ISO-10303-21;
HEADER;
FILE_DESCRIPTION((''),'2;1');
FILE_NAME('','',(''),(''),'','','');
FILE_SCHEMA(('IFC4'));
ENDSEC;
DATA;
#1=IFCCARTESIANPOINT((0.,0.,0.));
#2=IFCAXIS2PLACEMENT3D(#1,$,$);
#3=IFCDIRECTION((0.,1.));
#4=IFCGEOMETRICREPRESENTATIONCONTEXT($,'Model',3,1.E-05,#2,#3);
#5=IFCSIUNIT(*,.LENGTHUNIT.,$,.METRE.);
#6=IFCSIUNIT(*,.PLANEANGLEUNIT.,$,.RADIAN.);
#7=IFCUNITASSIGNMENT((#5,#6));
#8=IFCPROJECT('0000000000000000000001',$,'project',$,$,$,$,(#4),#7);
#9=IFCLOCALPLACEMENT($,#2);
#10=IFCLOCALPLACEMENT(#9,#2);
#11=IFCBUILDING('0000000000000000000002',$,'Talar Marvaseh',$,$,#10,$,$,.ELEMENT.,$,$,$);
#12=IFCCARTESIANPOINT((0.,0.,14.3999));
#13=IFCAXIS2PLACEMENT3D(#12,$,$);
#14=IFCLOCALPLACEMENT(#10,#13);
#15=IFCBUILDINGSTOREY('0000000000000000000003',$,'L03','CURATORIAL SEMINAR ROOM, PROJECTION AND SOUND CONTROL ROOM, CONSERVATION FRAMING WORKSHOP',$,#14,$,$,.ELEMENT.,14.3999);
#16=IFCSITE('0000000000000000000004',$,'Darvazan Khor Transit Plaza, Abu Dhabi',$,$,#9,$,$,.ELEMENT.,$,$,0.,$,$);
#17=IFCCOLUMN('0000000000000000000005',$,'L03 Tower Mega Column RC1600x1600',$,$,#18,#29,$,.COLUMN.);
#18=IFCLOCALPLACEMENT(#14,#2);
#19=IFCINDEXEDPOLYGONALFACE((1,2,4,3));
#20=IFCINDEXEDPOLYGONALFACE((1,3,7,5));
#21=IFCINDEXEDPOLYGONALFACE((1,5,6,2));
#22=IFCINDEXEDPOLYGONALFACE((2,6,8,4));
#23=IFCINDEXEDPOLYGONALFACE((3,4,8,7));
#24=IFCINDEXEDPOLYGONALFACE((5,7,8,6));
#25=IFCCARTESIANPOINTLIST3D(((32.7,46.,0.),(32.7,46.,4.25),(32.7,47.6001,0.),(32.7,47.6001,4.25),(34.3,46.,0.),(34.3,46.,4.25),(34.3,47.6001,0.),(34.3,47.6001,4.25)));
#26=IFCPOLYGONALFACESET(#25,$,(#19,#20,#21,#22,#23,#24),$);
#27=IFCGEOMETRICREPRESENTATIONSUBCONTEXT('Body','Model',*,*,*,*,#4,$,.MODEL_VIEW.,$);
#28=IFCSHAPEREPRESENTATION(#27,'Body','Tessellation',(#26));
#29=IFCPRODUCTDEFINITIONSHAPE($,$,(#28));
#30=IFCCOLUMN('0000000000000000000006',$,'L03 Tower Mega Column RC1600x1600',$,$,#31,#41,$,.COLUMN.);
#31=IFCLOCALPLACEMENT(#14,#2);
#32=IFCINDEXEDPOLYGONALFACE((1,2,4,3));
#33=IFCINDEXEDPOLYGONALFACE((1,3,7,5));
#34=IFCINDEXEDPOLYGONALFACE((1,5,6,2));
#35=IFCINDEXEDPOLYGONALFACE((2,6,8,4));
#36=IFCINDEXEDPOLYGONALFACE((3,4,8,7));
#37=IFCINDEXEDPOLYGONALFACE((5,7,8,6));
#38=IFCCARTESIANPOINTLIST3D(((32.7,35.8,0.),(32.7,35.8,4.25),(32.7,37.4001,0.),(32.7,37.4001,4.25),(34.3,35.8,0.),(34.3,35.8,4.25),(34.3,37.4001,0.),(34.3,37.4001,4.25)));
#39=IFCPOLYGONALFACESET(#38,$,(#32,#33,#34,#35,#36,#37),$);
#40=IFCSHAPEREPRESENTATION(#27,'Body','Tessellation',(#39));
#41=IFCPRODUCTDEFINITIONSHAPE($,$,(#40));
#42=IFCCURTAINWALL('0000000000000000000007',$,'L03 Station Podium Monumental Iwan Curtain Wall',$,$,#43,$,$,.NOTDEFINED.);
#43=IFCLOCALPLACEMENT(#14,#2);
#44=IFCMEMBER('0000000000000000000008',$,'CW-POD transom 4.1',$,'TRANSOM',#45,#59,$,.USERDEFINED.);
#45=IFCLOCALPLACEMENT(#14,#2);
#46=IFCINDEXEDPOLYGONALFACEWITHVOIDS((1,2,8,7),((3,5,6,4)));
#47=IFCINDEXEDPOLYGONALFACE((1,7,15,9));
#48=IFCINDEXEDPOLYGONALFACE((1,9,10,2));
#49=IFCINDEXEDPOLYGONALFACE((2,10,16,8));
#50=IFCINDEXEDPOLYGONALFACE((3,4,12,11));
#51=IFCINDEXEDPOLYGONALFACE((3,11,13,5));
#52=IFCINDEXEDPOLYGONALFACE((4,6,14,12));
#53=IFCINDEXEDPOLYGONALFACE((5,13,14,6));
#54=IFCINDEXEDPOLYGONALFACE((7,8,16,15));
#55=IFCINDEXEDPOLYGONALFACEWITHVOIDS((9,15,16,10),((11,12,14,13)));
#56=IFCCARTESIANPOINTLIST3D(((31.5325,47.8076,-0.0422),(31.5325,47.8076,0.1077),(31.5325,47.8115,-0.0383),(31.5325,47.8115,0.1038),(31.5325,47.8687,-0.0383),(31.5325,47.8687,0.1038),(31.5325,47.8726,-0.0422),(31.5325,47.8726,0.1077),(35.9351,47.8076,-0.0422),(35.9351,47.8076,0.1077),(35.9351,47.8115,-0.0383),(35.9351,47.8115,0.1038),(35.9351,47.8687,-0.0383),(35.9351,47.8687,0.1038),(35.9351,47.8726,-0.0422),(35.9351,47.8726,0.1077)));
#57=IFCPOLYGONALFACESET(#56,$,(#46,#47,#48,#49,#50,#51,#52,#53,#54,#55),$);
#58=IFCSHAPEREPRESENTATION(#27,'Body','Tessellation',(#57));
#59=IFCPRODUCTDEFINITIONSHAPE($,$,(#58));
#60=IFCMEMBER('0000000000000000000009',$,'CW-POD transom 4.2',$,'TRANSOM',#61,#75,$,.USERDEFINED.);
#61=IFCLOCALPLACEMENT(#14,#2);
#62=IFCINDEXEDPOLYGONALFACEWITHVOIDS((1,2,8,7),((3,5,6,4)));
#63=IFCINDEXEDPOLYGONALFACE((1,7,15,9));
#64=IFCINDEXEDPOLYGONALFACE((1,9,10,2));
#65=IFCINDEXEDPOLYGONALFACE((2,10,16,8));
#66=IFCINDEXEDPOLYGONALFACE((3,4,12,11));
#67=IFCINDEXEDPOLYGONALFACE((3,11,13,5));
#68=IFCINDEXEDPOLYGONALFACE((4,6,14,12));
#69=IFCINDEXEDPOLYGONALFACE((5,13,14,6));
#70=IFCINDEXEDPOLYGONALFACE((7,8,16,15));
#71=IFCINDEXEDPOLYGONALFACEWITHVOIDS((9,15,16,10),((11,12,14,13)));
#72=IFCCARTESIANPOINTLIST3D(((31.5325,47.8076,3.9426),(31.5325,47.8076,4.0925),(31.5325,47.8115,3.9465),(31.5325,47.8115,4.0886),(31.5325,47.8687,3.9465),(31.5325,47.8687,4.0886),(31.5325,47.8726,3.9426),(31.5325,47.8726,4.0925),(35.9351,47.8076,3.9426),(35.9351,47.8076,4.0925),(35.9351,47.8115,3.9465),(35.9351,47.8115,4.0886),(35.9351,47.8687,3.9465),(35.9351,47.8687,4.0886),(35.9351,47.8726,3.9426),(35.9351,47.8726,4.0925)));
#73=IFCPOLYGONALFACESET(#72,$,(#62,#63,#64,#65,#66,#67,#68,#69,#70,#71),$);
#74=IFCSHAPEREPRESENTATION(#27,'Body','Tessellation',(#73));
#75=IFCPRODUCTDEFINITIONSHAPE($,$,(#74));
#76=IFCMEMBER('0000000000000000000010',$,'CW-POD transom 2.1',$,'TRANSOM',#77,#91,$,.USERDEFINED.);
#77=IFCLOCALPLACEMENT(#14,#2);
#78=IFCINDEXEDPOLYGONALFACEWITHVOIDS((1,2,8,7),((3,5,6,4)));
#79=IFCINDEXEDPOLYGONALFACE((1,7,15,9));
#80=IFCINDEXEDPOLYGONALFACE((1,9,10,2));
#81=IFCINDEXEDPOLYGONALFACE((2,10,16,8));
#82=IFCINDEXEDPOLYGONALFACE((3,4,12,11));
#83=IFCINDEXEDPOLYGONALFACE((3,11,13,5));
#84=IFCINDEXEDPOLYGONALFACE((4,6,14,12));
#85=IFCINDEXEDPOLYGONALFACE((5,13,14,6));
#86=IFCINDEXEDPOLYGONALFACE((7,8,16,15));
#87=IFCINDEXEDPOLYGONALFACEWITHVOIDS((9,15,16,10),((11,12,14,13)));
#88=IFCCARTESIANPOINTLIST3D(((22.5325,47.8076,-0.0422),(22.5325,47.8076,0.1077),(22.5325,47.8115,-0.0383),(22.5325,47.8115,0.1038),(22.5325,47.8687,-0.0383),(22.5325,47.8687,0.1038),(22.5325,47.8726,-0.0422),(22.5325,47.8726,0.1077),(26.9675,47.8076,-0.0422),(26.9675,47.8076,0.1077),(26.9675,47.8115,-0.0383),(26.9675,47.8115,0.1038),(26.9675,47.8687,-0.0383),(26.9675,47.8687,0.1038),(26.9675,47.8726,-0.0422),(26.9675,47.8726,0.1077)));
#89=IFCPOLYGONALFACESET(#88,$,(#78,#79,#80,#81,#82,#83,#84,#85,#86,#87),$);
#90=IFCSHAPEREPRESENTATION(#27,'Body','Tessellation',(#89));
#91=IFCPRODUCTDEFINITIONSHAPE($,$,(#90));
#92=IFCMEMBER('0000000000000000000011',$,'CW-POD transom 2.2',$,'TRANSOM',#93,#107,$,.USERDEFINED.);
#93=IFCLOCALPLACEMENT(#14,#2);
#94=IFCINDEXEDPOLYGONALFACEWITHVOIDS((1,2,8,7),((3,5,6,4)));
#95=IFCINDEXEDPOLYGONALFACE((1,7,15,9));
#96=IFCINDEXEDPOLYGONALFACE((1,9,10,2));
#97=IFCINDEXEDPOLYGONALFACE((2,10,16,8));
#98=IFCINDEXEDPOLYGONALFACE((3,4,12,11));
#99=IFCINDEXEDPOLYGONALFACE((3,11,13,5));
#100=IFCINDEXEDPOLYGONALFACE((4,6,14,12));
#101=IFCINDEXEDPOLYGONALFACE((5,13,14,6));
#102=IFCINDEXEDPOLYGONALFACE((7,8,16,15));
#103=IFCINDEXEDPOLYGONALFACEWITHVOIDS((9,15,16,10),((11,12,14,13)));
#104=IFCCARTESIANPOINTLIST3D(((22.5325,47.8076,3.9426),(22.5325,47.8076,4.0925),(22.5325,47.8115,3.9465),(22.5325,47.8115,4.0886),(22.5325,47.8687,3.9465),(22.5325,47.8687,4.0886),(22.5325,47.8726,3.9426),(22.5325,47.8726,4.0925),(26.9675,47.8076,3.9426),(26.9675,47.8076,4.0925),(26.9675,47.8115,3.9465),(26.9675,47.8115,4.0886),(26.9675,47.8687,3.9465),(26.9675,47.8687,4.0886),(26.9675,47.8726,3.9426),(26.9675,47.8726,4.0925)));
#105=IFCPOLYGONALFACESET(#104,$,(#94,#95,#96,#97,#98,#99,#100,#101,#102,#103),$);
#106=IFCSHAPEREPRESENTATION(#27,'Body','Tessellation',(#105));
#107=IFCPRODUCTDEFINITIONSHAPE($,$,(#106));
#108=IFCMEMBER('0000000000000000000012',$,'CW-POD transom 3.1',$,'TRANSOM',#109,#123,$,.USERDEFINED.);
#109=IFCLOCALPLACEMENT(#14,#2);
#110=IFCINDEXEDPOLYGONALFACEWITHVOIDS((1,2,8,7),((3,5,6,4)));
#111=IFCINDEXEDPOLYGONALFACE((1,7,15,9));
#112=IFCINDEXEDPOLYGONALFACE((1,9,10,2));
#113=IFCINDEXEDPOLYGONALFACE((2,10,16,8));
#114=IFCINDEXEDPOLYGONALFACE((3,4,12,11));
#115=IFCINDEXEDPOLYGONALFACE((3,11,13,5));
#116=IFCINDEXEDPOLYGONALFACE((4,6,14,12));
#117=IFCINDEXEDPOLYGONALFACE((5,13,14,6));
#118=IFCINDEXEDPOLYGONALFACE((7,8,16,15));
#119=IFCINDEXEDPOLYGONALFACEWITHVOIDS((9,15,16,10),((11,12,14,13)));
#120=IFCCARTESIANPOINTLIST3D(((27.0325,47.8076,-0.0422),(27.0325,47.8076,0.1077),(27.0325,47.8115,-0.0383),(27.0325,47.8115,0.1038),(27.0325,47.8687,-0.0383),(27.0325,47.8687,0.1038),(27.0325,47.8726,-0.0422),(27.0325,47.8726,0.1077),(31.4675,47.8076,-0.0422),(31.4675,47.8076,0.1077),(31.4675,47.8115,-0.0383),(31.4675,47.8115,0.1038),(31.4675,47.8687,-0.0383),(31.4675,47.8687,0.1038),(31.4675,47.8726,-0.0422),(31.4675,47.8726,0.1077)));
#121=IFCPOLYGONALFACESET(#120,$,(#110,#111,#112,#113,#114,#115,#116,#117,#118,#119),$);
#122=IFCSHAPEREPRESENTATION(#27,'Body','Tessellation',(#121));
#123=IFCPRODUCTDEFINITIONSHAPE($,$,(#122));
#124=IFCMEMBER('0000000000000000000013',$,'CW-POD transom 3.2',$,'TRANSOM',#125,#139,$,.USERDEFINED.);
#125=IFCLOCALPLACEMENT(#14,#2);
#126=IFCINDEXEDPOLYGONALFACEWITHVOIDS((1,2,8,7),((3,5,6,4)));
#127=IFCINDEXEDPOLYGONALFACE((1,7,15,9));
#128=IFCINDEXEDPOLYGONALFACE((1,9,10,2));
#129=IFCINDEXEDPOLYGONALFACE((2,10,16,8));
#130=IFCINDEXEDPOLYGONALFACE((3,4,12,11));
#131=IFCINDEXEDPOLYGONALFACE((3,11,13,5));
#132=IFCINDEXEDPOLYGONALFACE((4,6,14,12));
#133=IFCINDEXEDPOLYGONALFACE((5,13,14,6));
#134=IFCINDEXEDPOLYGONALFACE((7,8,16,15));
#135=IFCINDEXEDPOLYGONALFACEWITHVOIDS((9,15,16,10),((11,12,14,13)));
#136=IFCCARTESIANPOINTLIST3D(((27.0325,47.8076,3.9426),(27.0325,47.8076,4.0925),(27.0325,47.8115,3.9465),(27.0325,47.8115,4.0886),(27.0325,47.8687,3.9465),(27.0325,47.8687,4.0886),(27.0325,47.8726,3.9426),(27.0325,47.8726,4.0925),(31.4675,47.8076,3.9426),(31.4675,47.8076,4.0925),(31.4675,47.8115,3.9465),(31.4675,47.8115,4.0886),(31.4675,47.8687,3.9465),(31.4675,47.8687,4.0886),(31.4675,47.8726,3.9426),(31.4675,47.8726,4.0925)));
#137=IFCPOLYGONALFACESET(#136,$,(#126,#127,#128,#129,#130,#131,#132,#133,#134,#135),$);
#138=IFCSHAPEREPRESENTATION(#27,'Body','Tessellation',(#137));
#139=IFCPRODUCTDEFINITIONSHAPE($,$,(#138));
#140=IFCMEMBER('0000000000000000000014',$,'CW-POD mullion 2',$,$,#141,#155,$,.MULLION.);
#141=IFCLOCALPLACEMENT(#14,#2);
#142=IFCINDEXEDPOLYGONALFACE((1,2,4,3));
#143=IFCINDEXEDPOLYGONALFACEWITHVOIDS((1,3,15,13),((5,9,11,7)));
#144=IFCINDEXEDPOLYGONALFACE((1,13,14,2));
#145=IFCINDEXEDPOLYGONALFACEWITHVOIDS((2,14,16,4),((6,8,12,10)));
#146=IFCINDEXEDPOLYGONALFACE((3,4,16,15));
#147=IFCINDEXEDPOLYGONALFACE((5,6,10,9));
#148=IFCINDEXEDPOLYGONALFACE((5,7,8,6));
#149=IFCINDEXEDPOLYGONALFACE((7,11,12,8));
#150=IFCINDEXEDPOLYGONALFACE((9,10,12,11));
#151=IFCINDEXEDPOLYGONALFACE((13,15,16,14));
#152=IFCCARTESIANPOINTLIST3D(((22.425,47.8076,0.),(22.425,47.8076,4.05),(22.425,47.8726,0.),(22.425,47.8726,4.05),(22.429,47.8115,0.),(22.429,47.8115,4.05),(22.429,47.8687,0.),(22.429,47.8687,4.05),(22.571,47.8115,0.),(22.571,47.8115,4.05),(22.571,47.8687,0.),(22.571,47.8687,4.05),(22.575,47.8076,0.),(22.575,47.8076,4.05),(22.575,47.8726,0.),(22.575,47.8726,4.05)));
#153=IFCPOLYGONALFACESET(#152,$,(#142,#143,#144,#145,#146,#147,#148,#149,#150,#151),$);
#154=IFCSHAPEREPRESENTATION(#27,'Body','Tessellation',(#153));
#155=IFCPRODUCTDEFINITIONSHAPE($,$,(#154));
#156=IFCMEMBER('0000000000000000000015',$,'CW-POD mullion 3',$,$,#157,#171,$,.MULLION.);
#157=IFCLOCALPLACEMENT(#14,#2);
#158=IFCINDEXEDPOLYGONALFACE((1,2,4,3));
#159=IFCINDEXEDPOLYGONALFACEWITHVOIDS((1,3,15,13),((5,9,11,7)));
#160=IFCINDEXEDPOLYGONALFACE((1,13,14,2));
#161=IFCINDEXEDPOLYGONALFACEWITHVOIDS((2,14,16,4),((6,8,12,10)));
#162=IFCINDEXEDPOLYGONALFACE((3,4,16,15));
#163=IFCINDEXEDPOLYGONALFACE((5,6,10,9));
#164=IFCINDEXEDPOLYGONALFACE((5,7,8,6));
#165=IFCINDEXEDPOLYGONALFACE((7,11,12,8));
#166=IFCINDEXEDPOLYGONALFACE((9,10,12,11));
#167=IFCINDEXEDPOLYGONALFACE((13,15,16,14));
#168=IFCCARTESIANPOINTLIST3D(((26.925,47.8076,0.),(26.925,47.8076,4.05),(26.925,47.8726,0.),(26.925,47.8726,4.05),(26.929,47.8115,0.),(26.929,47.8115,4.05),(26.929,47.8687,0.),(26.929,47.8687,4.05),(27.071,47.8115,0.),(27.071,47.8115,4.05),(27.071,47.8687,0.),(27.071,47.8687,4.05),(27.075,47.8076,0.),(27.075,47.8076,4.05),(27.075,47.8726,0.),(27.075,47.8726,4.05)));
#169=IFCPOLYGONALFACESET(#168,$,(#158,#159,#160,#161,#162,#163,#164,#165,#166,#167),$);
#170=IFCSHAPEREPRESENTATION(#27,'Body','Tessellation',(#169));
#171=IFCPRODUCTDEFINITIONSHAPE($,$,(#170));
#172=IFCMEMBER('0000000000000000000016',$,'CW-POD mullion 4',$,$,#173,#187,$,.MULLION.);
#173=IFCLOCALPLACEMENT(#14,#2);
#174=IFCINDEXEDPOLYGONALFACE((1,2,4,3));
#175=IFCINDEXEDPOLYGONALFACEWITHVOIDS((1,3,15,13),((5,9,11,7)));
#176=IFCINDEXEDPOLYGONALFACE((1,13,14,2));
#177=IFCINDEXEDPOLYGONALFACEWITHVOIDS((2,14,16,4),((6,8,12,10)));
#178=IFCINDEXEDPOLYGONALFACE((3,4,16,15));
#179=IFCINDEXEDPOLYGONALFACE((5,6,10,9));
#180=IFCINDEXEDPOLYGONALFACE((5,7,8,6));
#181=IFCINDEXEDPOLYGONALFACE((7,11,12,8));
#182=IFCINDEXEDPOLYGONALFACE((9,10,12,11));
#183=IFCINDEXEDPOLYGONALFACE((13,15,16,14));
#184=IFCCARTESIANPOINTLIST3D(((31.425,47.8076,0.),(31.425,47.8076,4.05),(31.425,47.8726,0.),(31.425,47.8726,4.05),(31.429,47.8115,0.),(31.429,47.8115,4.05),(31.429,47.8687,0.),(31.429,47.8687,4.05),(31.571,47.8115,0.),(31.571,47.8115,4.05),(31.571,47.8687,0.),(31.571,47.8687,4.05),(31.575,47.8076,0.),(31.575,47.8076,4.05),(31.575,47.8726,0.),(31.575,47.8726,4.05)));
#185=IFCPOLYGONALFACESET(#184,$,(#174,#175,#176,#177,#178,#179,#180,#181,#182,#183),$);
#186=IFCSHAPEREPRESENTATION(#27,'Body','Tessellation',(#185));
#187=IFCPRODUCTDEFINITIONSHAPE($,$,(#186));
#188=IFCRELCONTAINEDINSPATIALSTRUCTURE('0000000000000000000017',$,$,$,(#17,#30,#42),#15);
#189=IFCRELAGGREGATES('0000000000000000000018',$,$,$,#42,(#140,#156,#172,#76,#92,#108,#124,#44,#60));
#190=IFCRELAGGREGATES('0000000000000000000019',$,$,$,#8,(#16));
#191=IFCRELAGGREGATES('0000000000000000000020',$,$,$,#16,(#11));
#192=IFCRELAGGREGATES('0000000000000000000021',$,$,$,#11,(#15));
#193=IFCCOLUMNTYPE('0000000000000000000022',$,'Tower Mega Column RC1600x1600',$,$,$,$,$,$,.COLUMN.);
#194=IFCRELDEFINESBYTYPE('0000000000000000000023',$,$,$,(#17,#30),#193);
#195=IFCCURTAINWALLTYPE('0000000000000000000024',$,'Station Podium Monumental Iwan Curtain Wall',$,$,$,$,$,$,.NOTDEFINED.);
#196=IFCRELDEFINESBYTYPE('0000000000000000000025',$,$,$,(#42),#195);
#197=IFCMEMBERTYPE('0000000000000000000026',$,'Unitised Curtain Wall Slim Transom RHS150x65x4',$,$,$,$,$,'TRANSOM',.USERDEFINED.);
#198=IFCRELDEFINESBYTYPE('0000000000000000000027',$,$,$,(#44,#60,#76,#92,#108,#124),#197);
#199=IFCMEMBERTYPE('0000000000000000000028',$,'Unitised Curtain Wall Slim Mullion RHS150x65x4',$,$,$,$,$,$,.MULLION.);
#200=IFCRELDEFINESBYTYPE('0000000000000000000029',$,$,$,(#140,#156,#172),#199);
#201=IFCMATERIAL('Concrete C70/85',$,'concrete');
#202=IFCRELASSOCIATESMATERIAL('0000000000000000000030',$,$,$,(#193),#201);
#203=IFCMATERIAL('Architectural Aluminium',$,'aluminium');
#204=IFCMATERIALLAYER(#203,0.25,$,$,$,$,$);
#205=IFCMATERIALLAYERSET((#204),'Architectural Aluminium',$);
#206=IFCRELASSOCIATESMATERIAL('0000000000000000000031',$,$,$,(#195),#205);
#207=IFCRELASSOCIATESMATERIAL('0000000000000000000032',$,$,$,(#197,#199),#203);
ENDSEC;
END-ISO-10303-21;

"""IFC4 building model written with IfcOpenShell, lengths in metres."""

from ifc_helpers import new_model, si_unit, direction, frame, origin, origin_2d, place, context, subcontext, project, spatial, rectangle, hollow_rectangle, extrude, source, transform, mapped, material, layer, layer_set, material_profile, profile_set, type_object, type_shapes, element, aggregate, save


model = new_model("IFC4")

# Units and contexts
model_context = context("Model", 3, precision=1e-05, world=origin(), true_north=direction((0.0, 1.0)))
body_context = subcontext(model_context, "Body", "Model", "MODEL_VIEW")
ifc_project = project(units=[si_unit("LENGTHUNIT", "METRE"), si_unit("PLANEANGLEUNIT", "RADIAN")], contexts=[model_context])

# Site, building, storey
site_placement = place(None, origin())
site = spatial("IfcSite", under=ifc_project, at=site_placement, Name="Darvazan Khor Transit Plaza, Abu Dhabi", CompositionType="ELEMENT", RefElevation=0.0)
building_placement = place(site_placement, origin())
building = spatial("IfcBuilding", under=site, at=building_placement, Name="Talar Marvaseh", CompositionType="ELEMENT")
storey_placement = place(building_placement, frame((0.0, 0.0, 14.3999)))
storey = spatial("IfcBuildingStorey", under=building, at=storey_placement, Name="L03", Description="CURATORIAL SEMINAR ROOM, PROJECTION AND SOUND CONTROL ROOM, CONSERVATION FRAMING WORKSHOP", CompositionType="ELEMENT", Elevation=14.3999)

# Columns
ifc_material_1 = material(Name="Concrete C70/85", Category="concrete")
ifc_material_profile_1 = material_profile(ifc_material_1, rectangle(XDim=1.6001, YDim=1.6001, at=origin_2d()), Name="RC1600x1600")
ifc_profile_set_1 = profile_set([ifc_material_profile_1], Name="Concrete C70/85")
column_type = type_object("IfcColumnType", Name="Tower Mega Column RC1600x1600", PredefinedType="COLUMN", material=ifc_profile_set_1)
for number, where, z_axis, x_axis, name in (
    (1, (33.5, 46.8, 0.0), (0.0, 0.0, 1.0), (1.0, 0.0, 0.0), "L03 Tower Mega Column RC1600x1600"),
    (2, (33.5, 36.6001, 0.0), (0.0, 0.0, 1.0), (1.0, 0.0, 0.0), "L03 Tower Mega Column RC1600x1600"),
):
    element("IfcColumn", number, at=place(storey_placement, frame(where, z_axis=z_axis, x_axis=x_axis)), inside=storey, type_object=column_type, Name=name, PredefinedType="COLUMN", context=body_context, shape_type="SweptSolid", body=[
        extrude(rectangle(XDim=1.6001, YDim=1.6001, at=origin_2d()), origin(), (0.0, 0.0, 1.0), 4.25),
    ])

# Curtain wall, members
ifc_material_2 = material(Name="Architectural Aluminium", Category="aluminium")
ifc_layer_1 = layer(ifc_material_2, 0.25)
ifc_layer_set_1 = layer_set([ifc_layer_1], Name="Architectural Aluminium")
curtain_wall_type = type_object("IfcCurtainWallType", Name="Station Podium Monumental Iwan Curtain Wall", PredefinedType="NOTDEFINED", material=ifc_layer_set_1)
curtain_wall_placement = place(storey_placement, origin())
curtain_wall = element("IfcCurtainWall", 3, at=curtain_wall_placement, inside=storey, type_object=curtain_wall_type, Name="L03 Station Podium Monumental Iwan Curtain Wall", PredefinedType="NOTDEFINED")
ifc_material_profile_2 = material_profile(ifc_material_2, hollow_rectangle(XDim=0.0649, YDim=0.1499, WallThickness=0.0039, at=origin_2d()), Name="RHS150x65x4")
ifc_profile_set_2 = profile_set([ifc_material_profile_2], Name="Architectural Aluminium")
member_type_1 = type_object("IfcMemberType", Name="Unitised Curtain Wall Slim Transom RHS150x65x4", ElementType="TRANSOM", PredefinedType="USERDEFINED", material=ifc_profile_set_2)
shared_shape_1 = source(origin(), body_context, "Body", "SweptSolid", [
    extrude(hollow_rectangle(XDim=0.0649, YDim=0.1499, WallThickness=0.0039, at=origin_2d()), origin(), (0.0, 0.0, 1.0), 4.4026),
])
member_1_placement = place(storey_placement, frame((31.5325, 47.8401, 0.0327), z_axis=(1.0, 0.0, 0.0), x_axis=(0.0, 1.0, 0.0)))
member_1 = element("IfcMember", 4, at=member_1_placement, type_object=member_type_1, Name="CW-POD transom 4.1", ObjectType="TRANSOM", PredefinedType="USERDEFINED", context=body_context, shape_type="MappedRepresentation", body=[
    mapped(shared_shape_1, transform((0.0, 0.0, 0.0), x_axis=(1.0, 0.0, 0.0), y_axis=(0.0, 1.0, 0.0), z_axis=(0.0, 0.0, 1.0), scale=1.0)),
])
member_2_placement = place(storey_placement, frame((31.5325, 47.8401, 4.0176), z_axis=(1.0, 0.0, 0.0), x_axis=(0.0, 1.0, 0.0)))
member_2 = element("IfcMember", 5, at=member_2_placement, type_object=member_type_1, Name="CW-POD transom 4.2", ObjectType="TRANSOM", PredefinedType="USERDEFINED", context=body_context, shape_type="MappedRepresentation", body=[
    mapped(shared_shape_1, transform((0.0, 0.0, 0.0), x_axis=(1.0, 0.0, 0.0), y_axis=(0.0, 1.0, 0.0), z_axis=(0.0, 0.0, 1.0), scale=1.0)),
])
shared_shape_2 = source(origin(), body_context, "Body", "SweptSolid", [
    extrude(hollow_rectangle(XDim=0.0649, YDim=0.1499, WallThickness=0.0039, at=origin_2d()), origin(), (0.0, 0.0, 1.0), 4.4351),
])
type_shapes(member_type_1, [shared_shape_1, shared_shape_2])
member_3_placement = place(storey_placement, frame((22.5325, 47.8401, 0.0327), z_axis=(1.0, 0.0, 0.0), x_axis=(0.0, 1.0, 0.0)))
member_3 = element("IfcMember", 6, at=member_3_placement, type_object=member_type_1, Name="CW-POD transom 2.1", ObjectType="TRANSOM", PredefinedType="USERDEFINED", context=body_context, shape_type="MappedRepresentation", body=[
    mapped(shared_shape_2, transform((0.0, 0.0, 0.0), x_axis=(1.0, 0.0, 0.0), y_axis=(0.0, 1.0, 0.0), z_axis=(0.0, 0.0, 1.0), scale=1.0)),
])
member_4_placement = place(storey_placement, frame((22.5325, 47.8401, 4.0176), z_axis=(1.0, 0.0, 0.0), x_axis=(0.0, 1.0, 0.0)))
member_4 = element("IfcMember", 7, at=member_4_placement, type_object=member_type_1, Name="CW-POD transom 2.2", ObjectType="TRANSOM", PredefinedType="USERDEFINED", context=body_context, shape_type="MappedRepresentation", body=[
    mapped(shared_shape_2, transform((0.0, 0.0, 0.0), x_axis=(1.0, 0.0, 0.0), y_axis=(0.0, 1.0, 0.0), z_axis=(0.0, 0.0, 1.0), scale=1.0)),
])
member_5_placement = place(storey_placement, frame((27.0325, 47.8401, 0.0327), z_axis=(1.0, 0.0, 0.0), x_axis=(0.0, 1.0, 0.0)))
member_5 = element("IfcMember", 8, at=member_5_placement, type_object=member_type_1, Name="CW-POD transom 3.1", ObjectType="TRANSOM", PredefinedType="USERDEFINED", context=body_context, shape_type="MappedRepresentation", body=[
    mapped(shared_shape_2, transform((0.0, 0.0, 0.0), x_axis=(1.0, 0.0, 0.0), y_axis=(0.0, 1.0, 0.0), z_axis=(0.0, 0.0, 1.0), scale=1.0)),
])
member_6_placement = place(storey_placement, frame((27.0325, 47.8401, 4.0176), z_axis=(1.0, 0.0, 0.0), x_axis=(0.0, 1.0, 0.0)))
member_6 = element("IfcMember", 9, at=member_6_placement, type_object=member_type_1, Name="CW-POD transom 3.2", ObjectType="TRANSOM", PredefinedType="USERDEFINED", context=body_context, shape_type="MappedRepresentation", body=[
    mapped(shared_shape_2, transform((0.0, 0.0, 0.0), x_axis=(1.0, 0.0, 0.0), y_axis=(0.0, 1.0, 0.0), z_axis=(0.0, 0.0, 1.0), scale=1.0)),
])
ifc_material_profile_3 = material_profile(ifc_material_2, hollow_rectangle(XDim=0.0649, YDim=0.1499, WallThickness=0.0039, at=origin_2d()), Name="RHS150x65x4")
ifc_profile_set_3 = profile_set([ifc_material_profile_3], Name="Architectural Aluminium")
member_type_2 = type_object("IfcMemberType", Name="Unitised Curtain Wall Slim Mullion RHS150x65x4", PredefinedType="MULLION", material=ifc_profile_set_3)
shared_shape_3 = source(origin(), body_context, "Body", "SweptSolid", [
    extrude(hollow_rectangle(XDim=0.0649, YDim=0.1499, WallThickness=0.0039, at=origin_2d()), origin(), (0.0, 0.0, 1.0), 4.05),
])
type_shapes(member_type_2, [shared_shape_3])
member_7_placement = place(storey_placement, frame((22.5, 47.8401, 0.0), z_axis=(0.0, 0.0, 1.0), x_axis=(0.0, 1.0, 0.0)))
member_7 = element("IfcMember", 10, at=member_7_placement, type_object=member_type_2, Name="CW-POD mullion 2", PredefinedType="MULLION", context=body_context, shape_type="MappedRepresentation", body=[
    mapped(shared_shape_3, transform((0.0, 0.0, 0.0), x_axis=(1.0, 0.0, 0.0), y_axis=(0.0, 1.0, 0.0), z_axis=(0.0, 0.0, 1.0), scale=1.0)),
])
member_8_placement = place(storey_placement, frame((27.0, 47.8401, 0.0), z_axis=(0.0, 0.0, 1.0), x_axis=(0.0, 1.0, 0.0)))
member_8 = element("IfcMember", 11, at=member_8_placement, type_object=member_type_2, Name="CW-POD mullion 3", PredefinedType="MULLION", context=body_context, shape_type="MappedRepresentation", body=[
    mapped(shared_shape_3, transform((0.0, 0.0, 0.0), x_axis=(1.0, 0.0, 0.0), y_axis=(0.0, 1.0, 0.0), z_axis=(0.0, 0.0, 1.0), scale=1.0)),
])
member_9_placement = place(storey_placement, frame((31.5, 47.8401, 0.0), z_axis=(0.0, 0.0, 1.0), x_axis=(0.0, 1.0, 0.0)))
member_9 = element("IfcMember", 12, at=member_9_placement, type_object=member_type_2, Name="CW-POD mullion 4", PredefinedType="MULLION", context=body_context, shape_type="MappedRepresentation", body=[
    mapped(shared_shape_3, transform((0.0, 0.0, 0.0), x_axis=(1.0, 0.0, 0.0), y_axis=(0.0, 1.0, 0.0), z_axis=(0.0, 0.0, 1.0), scale=1.0)),
])
aggregate(curtain_wall, [member_7, member_8, member_9, member_3, member_4, member_5, member_6, member_1, member_2])

save(model, "model.ifc")
